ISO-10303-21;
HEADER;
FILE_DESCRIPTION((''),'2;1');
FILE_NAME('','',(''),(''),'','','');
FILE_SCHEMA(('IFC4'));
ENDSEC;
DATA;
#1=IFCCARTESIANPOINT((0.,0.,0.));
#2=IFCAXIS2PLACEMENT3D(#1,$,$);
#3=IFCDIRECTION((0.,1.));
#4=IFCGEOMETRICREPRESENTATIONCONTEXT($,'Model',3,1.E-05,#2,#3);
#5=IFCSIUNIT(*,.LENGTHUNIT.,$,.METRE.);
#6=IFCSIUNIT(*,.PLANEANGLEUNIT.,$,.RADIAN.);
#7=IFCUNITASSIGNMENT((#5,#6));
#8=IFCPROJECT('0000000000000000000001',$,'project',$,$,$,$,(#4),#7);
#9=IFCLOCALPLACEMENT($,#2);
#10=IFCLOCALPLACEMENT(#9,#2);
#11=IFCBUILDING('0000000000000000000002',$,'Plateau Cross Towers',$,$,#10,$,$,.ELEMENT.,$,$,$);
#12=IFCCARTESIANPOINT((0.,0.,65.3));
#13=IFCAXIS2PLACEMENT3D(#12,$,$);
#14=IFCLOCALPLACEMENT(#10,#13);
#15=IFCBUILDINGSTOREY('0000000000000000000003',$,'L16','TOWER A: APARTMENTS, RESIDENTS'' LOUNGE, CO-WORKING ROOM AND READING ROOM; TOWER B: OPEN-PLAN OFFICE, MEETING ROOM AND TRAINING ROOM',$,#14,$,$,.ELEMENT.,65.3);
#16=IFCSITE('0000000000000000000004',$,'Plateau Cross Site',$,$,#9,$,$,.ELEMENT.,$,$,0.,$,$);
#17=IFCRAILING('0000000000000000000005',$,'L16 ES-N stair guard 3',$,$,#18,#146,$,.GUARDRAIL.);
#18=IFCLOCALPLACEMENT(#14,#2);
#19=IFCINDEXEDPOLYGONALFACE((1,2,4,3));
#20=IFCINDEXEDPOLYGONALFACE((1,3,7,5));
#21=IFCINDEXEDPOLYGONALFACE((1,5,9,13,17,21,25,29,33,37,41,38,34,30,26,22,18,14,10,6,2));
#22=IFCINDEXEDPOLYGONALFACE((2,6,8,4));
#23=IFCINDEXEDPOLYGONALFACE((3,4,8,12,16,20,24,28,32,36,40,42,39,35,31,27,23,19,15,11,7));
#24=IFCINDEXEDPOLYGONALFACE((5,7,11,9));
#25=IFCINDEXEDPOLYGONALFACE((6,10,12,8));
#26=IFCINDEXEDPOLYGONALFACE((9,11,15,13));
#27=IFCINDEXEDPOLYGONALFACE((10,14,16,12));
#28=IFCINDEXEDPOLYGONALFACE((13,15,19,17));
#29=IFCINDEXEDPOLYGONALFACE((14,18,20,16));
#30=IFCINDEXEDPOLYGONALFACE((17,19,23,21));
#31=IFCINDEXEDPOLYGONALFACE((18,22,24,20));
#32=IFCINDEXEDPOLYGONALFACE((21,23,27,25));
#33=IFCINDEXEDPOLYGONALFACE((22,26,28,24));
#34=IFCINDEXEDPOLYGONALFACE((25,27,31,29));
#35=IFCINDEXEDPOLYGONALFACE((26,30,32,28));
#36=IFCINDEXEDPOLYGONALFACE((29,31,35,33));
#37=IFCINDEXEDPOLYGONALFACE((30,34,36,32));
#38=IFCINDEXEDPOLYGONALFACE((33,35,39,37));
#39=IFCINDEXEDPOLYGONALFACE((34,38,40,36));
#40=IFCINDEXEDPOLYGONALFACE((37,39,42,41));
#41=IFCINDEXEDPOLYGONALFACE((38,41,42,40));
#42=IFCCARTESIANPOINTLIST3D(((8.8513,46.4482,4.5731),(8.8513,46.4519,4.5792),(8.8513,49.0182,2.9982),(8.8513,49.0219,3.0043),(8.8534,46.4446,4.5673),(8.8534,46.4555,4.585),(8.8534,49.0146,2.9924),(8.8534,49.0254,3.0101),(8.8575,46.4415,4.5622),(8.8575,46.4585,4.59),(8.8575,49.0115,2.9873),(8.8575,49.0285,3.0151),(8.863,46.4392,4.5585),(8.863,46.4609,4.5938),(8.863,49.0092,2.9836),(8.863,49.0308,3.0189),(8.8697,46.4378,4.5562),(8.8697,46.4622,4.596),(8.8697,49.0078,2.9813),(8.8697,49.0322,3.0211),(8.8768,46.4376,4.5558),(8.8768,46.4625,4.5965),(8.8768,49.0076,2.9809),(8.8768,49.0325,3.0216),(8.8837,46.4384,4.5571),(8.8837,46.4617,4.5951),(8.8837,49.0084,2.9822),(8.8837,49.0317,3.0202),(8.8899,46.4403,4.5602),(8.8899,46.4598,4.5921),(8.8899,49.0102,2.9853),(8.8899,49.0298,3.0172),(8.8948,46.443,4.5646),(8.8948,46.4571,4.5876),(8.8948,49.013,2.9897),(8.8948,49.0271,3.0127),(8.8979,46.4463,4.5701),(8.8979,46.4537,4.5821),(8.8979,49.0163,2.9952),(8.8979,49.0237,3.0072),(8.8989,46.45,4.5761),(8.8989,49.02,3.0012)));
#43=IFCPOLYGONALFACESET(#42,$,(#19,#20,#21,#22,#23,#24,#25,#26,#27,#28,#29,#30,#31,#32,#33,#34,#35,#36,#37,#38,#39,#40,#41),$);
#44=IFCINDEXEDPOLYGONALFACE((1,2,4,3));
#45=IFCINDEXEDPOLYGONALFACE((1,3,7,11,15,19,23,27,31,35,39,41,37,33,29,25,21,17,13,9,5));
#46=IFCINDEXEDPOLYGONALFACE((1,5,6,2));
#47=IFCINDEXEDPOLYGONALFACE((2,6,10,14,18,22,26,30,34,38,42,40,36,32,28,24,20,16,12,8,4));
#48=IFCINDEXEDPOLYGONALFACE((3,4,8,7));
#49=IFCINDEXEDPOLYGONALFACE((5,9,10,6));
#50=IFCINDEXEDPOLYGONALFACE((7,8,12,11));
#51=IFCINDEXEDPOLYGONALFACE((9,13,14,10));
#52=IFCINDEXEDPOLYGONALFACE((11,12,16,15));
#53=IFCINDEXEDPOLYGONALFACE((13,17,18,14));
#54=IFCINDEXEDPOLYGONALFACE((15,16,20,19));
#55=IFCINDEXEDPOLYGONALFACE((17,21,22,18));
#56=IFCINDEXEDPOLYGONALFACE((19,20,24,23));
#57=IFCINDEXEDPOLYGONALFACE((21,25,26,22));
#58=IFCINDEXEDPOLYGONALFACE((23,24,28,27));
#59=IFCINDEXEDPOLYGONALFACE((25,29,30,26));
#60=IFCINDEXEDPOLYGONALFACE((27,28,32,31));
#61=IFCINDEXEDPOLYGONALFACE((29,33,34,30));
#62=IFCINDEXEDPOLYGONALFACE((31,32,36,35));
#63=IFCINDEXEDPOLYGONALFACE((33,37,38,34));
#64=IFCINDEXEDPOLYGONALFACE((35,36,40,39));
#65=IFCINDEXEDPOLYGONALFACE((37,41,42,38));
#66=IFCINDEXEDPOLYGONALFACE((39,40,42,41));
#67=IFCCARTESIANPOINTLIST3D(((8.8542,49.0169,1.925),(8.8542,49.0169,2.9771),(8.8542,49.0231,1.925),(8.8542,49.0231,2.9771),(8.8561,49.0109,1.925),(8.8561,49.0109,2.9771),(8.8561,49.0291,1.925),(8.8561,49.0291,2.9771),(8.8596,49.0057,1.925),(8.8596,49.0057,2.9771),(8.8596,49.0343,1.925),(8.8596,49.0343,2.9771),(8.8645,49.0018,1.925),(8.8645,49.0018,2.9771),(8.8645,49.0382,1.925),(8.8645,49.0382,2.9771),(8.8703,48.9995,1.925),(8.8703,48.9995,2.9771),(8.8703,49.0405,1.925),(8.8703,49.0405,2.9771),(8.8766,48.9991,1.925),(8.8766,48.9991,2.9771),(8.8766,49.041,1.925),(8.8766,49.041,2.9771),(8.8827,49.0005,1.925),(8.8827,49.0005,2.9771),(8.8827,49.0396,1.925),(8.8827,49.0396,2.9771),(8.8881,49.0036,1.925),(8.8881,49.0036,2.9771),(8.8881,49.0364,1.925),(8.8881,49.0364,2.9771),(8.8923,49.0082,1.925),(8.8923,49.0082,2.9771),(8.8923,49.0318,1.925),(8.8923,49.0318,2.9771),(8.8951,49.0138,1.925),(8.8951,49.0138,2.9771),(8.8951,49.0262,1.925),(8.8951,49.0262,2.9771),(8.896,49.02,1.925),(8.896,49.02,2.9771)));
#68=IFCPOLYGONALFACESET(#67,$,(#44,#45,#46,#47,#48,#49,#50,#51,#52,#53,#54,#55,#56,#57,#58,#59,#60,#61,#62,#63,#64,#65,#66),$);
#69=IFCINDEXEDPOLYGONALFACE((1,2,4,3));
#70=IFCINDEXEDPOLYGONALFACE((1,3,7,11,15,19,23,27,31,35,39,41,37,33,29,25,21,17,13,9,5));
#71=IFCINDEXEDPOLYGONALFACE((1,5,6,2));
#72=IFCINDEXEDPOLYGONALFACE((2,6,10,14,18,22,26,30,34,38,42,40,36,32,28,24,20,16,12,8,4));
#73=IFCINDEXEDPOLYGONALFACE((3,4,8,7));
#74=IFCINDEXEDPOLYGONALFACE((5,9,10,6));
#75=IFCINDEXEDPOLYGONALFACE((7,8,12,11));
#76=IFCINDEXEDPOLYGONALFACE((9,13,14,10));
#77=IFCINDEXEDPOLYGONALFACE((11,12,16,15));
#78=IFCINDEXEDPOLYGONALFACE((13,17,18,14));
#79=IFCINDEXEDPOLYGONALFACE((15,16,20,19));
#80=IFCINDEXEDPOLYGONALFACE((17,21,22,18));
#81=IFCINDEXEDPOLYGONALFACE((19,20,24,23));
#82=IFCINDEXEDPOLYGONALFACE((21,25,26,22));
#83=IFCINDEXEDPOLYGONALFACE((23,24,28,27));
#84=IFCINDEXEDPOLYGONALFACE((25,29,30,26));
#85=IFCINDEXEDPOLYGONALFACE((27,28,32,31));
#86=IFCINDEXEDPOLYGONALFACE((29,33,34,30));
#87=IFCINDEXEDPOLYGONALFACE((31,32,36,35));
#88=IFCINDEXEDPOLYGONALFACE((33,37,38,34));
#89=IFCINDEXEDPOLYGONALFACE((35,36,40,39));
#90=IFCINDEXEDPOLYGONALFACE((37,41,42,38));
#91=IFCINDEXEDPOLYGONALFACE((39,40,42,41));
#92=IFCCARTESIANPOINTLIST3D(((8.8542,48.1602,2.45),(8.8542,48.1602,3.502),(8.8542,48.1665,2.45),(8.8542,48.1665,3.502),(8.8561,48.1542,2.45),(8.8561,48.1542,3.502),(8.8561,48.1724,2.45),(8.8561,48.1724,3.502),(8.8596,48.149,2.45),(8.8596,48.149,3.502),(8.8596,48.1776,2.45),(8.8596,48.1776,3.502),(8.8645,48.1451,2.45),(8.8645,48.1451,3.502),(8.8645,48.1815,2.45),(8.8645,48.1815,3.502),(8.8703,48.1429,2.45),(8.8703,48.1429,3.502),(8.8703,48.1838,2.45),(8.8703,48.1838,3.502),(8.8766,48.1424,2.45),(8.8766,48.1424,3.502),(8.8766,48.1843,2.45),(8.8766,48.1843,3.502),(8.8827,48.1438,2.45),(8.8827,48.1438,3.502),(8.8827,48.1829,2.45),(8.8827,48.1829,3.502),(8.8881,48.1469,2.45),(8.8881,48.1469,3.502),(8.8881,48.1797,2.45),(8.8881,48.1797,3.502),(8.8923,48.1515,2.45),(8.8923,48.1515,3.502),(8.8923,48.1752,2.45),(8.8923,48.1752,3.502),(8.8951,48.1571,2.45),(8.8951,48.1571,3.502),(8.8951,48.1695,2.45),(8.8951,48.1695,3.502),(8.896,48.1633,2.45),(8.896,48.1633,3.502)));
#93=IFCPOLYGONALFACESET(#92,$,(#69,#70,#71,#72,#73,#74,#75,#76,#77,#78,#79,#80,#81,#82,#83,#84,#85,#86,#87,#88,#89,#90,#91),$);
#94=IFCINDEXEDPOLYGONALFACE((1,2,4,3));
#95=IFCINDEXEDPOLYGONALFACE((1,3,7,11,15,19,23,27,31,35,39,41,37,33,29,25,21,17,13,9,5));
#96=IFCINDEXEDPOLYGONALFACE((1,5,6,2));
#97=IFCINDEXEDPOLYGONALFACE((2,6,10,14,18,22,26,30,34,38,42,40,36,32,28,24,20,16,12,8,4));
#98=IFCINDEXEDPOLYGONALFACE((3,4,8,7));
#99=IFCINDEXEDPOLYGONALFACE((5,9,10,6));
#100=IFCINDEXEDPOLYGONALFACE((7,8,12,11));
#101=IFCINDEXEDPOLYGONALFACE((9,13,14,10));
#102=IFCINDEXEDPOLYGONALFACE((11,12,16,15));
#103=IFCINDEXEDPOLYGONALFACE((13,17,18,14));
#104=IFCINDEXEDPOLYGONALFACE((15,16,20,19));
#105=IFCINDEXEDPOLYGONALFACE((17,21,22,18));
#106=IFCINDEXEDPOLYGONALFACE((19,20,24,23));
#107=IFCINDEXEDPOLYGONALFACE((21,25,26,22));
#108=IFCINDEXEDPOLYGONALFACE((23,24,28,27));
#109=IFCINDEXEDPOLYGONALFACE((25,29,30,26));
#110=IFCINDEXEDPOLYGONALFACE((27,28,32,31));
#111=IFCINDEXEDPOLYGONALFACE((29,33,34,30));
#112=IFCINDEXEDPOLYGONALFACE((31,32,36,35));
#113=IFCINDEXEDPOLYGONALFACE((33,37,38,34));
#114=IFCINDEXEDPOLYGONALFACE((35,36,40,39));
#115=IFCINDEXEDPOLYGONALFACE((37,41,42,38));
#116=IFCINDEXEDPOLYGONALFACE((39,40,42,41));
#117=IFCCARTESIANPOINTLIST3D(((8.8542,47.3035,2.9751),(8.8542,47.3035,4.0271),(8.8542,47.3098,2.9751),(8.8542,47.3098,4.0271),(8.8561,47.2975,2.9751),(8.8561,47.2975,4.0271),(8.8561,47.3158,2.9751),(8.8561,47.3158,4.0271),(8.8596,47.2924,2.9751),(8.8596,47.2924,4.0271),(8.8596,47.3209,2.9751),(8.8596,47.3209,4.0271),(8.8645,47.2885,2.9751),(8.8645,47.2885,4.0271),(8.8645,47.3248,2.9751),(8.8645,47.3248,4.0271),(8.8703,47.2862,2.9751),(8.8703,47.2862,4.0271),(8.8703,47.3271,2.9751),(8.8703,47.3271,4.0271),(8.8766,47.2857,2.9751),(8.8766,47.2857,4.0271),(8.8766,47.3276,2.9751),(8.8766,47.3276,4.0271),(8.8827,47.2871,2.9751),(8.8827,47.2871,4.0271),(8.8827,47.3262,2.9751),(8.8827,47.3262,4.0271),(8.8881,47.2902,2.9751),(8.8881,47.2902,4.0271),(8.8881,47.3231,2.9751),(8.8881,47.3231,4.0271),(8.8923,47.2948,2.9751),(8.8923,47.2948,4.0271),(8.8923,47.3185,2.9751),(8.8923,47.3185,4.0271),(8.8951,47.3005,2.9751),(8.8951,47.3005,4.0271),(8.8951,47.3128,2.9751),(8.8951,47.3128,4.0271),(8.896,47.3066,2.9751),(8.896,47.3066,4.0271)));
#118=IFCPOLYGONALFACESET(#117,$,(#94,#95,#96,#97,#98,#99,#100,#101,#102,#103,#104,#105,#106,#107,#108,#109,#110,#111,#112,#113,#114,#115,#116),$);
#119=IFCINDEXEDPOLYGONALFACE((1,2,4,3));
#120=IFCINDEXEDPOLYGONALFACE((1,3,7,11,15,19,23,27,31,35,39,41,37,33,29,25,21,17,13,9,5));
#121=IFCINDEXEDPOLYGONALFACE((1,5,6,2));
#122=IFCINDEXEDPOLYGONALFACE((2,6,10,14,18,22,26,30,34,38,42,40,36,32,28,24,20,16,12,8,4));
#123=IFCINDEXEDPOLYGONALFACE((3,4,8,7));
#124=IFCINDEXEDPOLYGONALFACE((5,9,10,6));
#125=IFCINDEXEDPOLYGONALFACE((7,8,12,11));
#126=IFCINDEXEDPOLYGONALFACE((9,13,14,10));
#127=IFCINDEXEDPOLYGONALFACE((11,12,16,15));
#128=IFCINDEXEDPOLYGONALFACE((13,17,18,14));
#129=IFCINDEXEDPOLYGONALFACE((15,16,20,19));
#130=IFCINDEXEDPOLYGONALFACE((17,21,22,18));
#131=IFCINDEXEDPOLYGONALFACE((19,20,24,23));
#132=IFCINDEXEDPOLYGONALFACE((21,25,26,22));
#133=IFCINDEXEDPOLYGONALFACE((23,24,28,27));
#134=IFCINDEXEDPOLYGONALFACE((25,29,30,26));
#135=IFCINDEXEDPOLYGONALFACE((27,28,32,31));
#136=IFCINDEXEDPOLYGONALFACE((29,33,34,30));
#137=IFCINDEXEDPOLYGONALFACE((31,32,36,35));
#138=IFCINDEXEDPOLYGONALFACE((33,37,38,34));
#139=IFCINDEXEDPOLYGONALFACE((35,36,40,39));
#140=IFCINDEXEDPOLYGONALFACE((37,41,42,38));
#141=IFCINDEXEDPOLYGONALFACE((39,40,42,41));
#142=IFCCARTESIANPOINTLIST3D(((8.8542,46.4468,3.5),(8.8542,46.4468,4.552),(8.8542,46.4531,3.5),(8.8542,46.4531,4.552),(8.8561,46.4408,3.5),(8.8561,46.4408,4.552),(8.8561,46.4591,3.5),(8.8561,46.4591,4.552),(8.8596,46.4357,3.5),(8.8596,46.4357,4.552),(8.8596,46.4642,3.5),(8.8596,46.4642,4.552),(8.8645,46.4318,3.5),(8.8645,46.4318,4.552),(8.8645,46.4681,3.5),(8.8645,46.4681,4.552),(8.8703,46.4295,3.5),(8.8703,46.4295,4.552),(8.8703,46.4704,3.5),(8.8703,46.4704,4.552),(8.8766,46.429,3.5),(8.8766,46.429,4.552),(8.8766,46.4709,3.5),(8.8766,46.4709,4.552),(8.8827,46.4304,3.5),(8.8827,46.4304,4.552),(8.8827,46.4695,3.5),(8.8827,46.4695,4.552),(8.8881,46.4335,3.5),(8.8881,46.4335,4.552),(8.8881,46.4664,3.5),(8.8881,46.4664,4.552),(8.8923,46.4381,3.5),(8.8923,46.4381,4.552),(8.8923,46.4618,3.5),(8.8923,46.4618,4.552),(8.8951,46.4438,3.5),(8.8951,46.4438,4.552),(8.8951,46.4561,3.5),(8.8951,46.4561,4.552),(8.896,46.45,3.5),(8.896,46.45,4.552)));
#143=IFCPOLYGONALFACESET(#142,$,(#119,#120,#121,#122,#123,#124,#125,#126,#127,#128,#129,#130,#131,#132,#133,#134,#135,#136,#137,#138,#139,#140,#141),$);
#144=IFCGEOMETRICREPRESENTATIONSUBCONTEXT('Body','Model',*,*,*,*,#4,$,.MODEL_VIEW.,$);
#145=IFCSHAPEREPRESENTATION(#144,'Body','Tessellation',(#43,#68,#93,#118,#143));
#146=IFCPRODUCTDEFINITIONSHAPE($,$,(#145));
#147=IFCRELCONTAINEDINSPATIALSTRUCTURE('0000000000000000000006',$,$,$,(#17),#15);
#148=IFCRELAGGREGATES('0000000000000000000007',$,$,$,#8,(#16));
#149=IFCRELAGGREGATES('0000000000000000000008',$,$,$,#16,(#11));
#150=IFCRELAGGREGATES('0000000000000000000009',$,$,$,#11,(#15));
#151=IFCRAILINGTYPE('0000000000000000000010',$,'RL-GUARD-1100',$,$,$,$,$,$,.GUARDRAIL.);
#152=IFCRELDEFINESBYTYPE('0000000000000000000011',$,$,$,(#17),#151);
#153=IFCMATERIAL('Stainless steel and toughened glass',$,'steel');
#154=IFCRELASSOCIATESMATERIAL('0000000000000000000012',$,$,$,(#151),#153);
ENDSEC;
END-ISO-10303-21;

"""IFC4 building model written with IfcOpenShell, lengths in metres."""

from ifc_helpers import new_model, si_unit, direction, frame, origin, origin_2d, place, context, subcontext, project, spatial, circle, extrude, material, type_object, element, save


model = new_model("IFC4")

# Units and contexts
model_context = context("Model", 3, precision=1e-05, world=origin(), true_north=direction((0.0, 1.0)))
body_context = subcontext(model_context, "Body", "Model", "MODEL_VIEW")
ifc_project = project(units=[si_unit("LENGTHUNIT", "METRE"), si_unit("PLANEANGLEUNIT", "RADIAN")], contexts=[model_context])

# Site, building, storey
site_placement = place(None, origin())
site = spatial("IfcSite", under=ifc_project, at=site_placement, Name="Plateau Cross Site", CompositionType="ELEMENT", RefElevation=0.0)
building_placement = place(site_placement, origin())
building = spatial("IfcBuilding", under=site, at=building_placement, Name="Plateau Cross Towers", CompositionType="ELEMENT")
storey_placement = place(building_placement, frame((0.0, 0.0, 65.3)))
storey = spatial("IfcBuildingStorey", under=building, at=storey_placement, Name="L16", Description="TOWER A: APARTMENTS, RESIDENTS' LOUNGE, CO-WORKING ROOM AND READING ROOM; TOWER B: OPEN-PLAN OFFICE, MEETING ROOM AND TRAINING ROOM", CompositionType="ELEMENT", Elevation=65.3)

# Railing
ifc_material_1 = material(Name="Stainless steel and toughened glass", Category="steel")
railing_type = type_object("IfcRailingType", Name="RL-GUARD-1100", PredefinedType="GUARDRAIL", material=ifc_material_1)
railing_1_placement = place(storey_placement, frame((8.875, 49.02, 1.925)))
element("IfcRailing", 1, at=railing_1_placement, inside=storey, type_object=railing_type, Name="L16 ES-N stair guard 3", PredefinedType="GUARDRAIL", context=body_context, shape_type="SweptSolid", body=[
    extrude(circle(Radius=0.0239, at=origin_2d()), frame((0.0, 0.0, 1.0762), z_axis=(0.0, -0.852639, 0.522501), x_axis=(1.0, 0.0, 0.0)), (0.0, 0.0, 1.0), 3.0142),
    extrude(circle(Radius=0.021, at=origin_2d()), origin(), (0.0, 0.0, 1.0), 1.052),
    extrude(circle(Radius=0.021, at=origin_2d()), frame((0.0, -0.8567, 0.5249)), (0.0, 0.0, 1.0), 1.052),
    extrude(circle(Radius=0.021, at=origin_2d()), frame((0.0, -1.7134, 1.05)), (0.0, 0.0, 1.0), 1.052),
    extrude(circle(Radius=0.021, at=origin_2d()), frame((0.0, -2.5701, 1.575)), (0.0, 0.0, 1.0), 1.052),
])

save(model, "model.ifc")
